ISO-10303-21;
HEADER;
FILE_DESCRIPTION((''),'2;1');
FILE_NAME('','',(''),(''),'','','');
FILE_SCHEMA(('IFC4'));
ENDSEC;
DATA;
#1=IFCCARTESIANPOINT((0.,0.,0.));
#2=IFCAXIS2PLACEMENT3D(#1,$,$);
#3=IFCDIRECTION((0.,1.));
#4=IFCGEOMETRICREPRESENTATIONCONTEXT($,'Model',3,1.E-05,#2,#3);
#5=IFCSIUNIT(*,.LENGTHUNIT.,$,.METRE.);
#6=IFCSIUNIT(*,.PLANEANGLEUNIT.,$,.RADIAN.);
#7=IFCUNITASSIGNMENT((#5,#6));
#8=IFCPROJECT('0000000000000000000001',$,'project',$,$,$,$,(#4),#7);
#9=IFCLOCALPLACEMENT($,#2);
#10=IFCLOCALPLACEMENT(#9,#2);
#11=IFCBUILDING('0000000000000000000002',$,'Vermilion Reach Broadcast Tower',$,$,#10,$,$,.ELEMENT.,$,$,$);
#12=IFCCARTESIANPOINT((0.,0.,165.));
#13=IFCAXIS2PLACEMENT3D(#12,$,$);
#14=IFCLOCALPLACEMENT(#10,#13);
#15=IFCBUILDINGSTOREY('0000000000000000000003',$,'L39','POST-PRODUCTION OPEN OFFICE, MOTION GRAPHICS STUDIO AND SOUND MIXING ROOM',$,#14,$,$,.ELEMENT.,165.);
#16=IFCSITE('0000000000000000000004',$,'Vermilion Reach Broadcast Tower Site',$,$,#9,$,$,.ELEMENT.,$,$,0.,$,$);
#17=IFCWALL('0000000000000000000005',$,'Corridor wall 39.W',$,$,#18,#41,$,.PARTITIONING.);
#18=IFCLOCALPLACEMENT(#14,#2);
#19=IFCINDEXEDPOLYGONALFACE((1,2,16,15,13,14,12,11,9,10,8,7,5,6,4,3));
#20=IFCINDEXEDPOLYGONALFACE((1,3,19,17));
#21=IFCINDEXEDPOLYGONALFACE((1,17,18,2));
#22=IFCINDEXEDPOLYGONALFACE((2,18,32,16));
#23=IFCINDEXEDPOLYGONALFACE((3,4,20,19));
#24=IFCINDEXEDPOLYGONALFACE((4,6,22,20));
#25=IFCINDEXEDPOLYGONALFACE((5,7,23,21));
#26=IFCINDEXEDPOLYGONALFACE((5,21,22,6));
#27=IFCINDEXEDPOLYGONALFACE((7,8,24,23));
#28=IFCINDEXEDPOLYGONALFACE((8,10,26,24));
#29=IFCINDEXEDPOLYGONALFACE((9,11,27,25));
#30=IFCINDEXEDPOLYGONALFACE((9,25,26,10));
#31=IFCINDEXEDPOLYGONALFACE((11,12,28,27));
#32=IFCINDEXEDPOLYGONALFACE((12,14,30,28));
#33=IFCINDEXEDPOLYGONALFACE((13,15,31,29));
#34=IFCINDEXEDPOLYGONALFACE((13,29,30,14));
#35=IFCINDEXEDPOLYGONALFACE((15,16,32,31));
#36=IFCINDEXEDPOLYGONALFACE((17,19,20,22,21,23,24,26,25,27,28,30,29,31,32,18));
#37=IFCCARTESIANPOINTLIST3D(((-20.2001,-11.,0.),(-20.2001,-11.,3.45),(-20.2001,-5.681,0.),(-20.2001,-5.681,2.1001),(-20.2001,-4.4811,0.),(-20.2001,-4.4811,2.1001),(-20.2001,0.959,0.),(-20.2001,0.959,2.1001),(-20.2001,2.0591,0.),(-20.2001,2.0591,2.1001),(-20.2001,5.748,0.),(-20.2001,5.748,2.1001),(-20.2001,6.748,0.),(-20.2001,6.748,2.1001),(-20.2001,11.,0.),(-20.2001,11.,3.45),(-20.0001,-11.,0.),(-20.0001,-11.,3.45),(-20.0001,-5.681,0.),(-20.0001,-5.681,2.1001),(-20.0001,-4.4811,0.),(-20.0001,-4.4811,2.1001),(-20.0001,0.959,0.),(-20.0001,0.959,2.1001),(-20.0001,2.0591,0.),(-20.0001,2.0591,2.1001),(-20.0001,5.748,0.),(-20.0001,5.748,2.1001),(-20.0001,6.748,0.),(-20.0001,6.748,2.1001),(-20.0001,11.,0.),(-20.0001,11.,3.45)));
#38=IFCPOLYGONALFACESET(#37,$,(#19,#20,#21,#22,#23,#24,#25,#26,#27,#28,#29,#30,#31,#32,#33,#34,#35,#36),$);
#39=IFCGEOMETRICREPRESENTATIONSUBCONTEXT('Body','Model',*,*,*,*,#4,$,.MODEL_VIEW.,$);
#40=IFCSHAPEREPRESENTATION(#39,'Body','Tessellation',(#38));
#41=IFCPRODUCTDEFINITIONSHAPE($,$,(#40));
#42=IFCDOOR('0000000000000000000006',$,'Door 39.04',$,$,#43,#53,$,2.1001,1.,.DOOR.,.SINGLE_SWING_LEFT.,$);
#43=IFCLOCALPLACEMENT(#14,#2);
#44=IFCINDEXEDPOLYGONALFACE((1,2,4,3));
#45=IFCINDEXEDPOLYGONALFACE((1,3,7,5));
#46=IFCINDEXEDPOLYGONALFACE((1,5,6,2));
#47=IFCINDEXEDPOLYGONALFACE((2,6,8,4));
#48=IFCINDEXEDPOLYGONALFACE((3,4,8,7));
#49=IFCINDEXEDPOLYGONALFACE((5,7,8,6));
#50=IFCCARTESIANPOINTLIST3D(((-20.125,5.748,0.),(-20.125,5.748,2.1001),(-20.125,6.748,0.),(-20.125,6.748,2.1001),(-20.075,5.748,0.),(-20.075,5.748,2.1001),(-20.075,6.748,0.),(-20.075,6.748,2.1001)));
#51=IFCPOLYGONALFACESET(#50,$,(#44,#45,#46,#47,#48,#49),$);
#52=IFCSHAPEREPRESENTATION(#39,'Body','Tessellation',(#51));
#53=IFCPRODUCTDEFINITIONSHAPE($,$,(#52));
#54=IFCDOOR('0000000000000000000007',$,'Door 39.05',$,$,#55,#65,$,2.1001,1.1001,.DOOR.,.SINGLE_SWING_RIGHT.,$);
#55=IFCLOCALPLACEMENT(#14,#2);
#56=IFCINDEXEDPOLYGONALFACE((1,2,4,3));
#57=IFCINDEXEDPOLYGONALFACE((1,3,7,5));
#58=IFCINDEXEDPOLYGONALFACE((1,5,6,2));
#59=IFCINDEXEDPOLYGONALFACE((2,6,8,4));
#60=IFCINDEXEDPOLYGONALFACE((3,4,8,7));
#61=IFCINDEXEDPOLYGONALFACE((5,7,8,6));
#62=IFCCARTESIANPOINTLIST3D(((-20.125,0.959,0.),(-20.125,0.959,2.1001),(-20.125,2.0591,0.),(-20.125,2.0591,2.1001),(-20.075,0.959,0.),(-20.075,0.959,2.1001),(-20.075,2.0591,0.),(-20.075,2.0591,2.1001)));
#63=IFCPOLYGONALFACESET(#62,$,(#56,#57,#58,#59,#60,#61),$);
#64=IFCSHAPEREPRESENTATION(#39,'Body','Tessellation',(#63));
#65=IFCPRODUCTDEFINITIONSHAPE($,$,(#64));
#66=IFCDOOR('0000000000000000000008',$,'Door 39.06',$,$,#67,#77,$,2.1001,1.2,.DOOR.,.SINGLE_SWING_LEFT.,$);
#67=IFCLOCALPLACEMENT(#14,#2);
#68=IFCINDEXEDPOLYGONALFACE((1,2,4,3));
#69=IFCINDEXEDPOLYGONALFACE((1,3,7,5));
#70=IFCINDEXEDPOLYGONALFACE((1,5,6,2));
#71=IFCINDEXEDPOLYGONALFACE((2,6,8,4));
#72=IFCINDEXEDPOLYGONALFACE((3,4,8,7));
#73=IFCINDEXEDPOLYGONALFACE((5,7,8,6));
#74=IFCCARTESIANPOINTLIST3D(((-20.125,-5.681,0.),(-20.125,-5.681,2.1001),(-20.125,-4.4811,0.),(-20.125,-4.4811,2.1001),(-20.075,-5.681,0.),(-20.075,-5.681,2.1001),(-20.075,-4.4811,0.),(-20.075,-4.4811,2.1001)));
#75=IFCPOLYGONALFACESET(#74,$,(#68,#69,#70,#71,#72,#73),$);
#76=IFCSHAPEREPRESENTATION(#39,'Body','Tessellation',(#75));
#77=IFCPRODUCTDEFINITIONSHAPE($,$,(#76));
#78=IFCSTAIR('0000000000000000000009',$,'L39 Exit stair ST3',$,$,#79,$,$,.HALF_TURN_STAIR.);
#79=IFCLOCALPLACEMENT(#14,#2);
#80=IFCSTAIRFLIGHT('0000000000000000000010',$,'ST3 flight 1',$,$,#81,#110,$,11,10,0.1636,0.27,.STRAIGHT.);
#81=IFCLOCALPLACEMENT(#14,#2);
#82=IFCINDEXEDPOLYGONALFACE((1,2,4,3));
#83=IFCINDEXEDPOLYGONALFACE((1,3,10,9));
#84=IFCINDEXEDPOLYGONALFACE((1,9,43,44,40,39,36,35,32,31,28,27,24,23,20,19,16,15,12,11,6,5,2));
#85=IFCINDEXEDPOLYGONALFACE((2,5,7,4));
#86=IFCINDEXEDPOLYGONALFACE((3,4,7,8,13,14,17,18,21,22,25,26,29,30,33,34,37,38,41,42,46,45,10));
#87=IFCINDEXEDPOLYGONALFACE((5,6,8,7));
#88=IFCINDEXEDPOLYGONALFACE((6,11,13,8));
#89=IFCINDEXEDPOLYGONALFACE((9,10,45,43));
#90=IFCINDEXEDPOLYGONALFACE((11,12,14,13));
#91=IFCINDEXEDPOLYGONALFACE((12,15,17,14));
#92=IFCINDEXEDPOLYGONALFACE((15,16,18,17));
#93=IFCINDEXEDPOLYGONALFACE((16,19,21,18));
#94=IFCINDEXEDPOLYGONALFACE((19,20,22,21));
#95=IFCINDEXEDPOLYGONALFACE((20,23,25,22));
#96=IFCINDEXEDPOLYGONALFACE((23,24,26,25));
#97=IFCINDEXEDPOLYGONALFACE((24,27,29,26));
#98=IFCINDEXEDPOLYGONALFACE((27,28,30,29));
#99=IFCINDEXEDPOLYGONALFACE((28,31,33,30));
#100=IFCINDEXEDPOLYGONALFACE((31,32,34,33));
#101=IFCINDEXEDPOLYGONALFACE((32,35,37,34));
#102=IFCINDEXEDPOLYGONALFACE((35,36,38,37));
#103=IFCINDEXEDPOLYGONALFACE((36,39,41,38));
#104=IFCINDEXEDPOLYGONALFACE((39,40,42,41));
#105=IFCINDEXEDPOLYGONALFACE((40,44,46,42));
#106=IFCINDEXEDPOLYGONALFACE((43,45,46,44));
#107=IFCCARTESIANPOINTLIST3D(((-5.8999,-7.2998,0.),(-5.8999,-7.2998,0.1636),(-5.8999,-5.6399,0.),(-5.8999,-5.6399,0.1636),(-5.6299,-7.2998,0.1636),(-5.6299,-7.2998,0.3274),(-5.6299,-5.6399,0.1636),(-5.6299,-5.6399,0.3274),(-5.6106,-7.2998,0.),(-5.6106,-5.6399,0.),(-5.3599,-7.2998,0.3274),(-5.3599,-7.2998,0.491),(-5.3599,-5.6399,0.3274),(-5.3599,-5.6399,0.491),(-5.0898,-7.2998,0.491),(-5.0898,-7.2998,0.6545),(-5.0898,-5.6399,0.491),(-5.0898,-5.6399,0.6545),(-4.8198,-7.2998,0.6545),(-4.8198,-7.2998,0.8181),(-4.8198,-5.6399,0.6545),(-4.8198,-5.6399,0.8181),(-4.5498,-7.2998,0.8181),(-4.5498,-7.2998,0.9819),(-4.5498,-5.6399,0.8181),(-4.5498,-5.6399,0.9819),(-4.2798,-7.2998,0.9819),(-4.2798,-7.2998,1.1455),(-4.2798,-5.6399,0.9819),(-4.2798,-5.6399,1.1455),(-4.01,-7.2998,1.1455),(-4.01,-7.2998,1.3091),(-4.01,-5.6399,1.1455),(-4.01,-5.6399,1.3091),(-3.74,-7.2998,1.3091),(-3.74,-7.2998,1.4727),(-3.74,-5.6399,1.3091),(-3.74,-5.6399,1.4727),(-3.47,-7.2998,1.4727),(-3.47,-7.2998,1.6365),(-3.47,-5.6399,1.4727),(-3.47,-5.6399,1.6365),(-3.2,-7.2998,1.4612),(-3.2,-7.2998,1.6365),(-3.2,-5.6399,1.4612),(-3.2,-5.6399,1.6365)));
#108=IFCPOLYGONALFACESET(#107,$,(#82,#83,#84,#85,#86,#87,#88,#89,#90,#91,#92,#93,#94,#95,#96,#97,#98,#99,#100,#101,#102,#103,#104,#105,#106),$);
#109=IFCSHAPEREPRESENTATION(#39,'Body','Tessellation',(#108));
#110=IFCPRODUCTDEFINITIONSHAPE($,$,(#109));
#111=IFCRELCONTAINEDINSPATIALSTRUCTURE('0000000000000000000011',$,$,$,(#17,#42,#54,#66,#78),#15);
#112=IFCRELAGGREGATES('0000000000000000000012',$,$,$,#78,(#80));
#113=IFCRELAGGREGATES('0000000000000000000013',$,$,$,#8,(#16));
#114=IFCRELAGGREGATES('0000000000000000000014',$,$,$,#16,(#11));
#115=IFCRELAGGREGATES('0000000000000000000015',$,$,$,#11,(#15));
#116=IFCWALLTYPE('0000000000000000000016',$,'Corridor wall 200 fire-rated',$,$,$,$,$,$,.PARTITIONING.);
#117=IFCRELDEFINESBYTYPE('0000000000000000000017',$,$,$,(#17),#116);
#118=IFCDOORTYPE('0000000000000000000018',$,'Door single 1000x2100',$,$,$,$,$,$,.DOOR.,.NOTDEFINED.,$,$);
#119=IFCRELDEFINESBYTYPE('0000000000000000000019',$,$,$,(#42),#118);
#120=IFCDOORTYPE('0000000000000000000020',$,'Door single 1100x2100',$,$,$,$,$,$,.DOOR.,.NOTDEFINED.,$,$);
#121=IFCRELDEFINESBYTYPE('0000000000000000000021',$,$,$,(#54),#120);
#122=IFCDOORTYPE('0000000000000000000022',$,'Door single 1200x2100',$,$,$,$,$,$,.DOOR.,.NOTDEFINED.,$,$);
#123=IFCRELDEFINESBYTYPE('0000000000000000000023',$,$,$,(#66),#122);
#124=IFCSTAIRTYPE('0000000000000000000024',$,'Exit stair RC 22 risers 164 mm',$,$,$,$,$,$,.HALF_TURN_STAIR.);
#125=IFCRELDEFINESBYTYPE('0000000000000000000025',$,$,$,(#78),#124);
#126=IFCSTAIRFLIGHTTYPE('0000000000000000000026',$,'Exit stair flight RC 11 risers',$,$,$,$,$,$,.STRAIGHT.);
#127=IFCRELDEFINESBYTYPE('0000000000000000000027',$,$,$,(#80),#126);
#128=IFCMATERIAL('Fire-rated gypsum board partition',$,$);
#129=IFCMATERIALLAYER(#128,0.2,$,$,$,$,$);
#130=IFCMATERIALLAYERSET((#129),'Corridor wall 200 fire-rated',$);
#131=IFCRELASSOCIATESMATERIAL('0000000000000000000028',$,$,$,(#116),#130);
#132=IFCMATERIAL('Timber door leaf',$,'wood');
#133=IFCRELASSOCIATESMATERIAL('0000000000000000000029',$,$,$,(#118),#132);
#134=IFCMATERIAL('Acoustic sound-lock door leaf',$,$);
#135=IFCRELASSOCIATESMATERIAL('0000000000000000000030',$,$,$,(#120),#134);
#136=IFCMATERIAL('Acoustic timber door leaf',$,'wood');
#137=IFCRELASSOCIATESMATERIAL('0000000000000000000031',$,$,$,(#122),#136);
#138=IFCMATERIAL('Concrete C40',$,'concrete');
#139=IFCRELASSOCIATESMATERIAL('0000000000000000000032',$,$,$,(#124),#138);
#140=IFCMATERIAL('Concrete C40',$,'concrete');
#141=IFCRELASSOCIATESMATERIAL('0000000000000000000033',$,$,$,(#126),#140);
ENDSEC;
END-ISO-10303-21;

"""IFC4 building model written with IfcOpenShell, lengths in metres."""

from ifc_helpers import new_model, si_unit, direction, frame, frame_2d, origin, place, context, subcontext, project, spatial, polyline, rectangle, outline, extrude, material, layer, layer_set, type_object, element, fill, aggregate, save


model = new_model("IFC4")

# Units and contexts
model_context = context("Model", 3, precision=1e-05, world=origin(), true_north=direction((0.0, 1.0)))
body_context = subcontext(model_context, "Body", "Model", "MODEL_VIEW")
ifc_project = project(units=[si_unit("LENGTHUNIT", "METRE"), si_unit("PLANEANGLEUNIT", "RADIAN")], contexts=[model_context])

# Site, building, storey
site_placement = place(None, origin())
site = spatial("IfcSite", under=ifc_project, at=site_placement, Name="Vermilion Reach Broadcast Tower Site", CompositionType="ELEMENT", RefElevation=0.0)
building_placement = place(site_placement, origin())
building = spatial("IfcBuilding", under=site, at=building_placement, Name="Vermilion Reach Broadcast Tower", CompositionType="ELEMENT")
storey_placement = place(building_placement, frame((0.0, 0.0, 165.0)))
storey = spatial("IfcBuildingStorey", under=building, at=storey_placement, Name="L39", Description="POST-PRODUCTION OPEN OFFICE, MOTION GRAPHICS STUDIO AND SOUND MIXING ROOM", CompositionType="ELEMENT", Elevation=165.0)

# Wall, openings, doors
ifc_material_1 = material(Name="Fire-rated gypsum board partition")
ifc_layer_1 = layer(ifc_material_1, 0.2)
ifc_layer_set_1 = layer_set([ifc_layer_1], Name="Corridor wall 200 fire-rated")
wall_type_1 = type_object("IfcWallType", Name="Corridor wall 200 fire-rated", PredefinedType="PARTITIONING", material=ifc_layer_set_1)
wall_1_placement = place(storey_placement, frame((-20.1001, -11.0, 0.0), z_axis=(0.0, 0.0, 1.0), x_axis=(0.0, 1.0, 0.0)))
wall_1 = element("IfcWall", 1, at=wall_1_placement, inside=storey, type_object=wall_type_1, Name="Corridor wall 39.W", PredefinedType="PARTITIONING", context=body_context, shape_type="SweptSolid", body=[
    extrude(rectangle(XDim=22.0, YDim=0.2, at=frame_2d((11.0, 0.0))), origin(), (0.0, 0.0, 1.0), 3.45),
])
opening_1_placement = place(wall_1_placement, frame((16.748, 0.0, 0.0)))
opening_1 = element("IfcOpeningElement", 2, at=opening_1_placement, cuts=wall_1, PredefinedType="OPENING", context=body_context, shape_type="SweptSolid", body=[
    extrude(rectangle(XDim=1.0, YDim=2.1001, at=frame_2d((0.5, 1.05))), frame((0.0, 0.1099, 0.0), z_axis=(0.0, -1.0, 0.0), x_axis=(1.0, 0.0, 0.0)), (0.0, 0.0, 1.0), 0.22),
])
opening_2_placement = place(wall_1_placement, frame((11.959, 0.0, 0.0)))
opening_2 = element("IfcOpeningElement", 3, at=opening_2_placement, cuts=wall_1, PredefinedType="OPENING", context=body_context, shape_type="SweptSolid", body=[
    extrude(rectangle(XDim=1.1001, YDim=2.1001, at=frame_2d((0.55, 1.05))), frame((0.0, 0.1099, 0.0), z_axis=(0.0, -1.0, 0.0), x_axis=(1.0, 0.0, 0.0)), (0.0, 0.0, 1.0), 0.22),
])
opening_3_placement = place(wall_1_placement, frame((5.3188, 0.0, 0.0)))
opening_3 = element("IfcOpeningElement", 4, at=opening_3_placement, cuts=wall_1, PredefinedType="OPENING", context=body_context, shape_type="SweptSolid", body=[
    extrude(rectangle(XDim=1.2, YDim=2.1001, at=frame_2d((0.6001, 1.05))), frame((0.0, 0.1099, 0.0), z_axis=(0.0, -1.0, 0.0), x_axis=(1.0, 0.0, 0.0)), (0.0, 0.0, 1.0), 0.22),
])
ifc_material_2 = material(Name="Timber door leaf", Category="wood")
door_type_1 = type_object("IfcDoorType", Name="Door single 1000x2100", OperationType="NOTDEFINED", PredefinedType="DOOR", material=ifc_material_2)
door_1_placement = place(opening_1_placement, origin())
door_1 = element("IfcDoor", 5, at=door_1_placement, inside=storey, type_object=door_type_1, Name="Door 39.04", OperationType="SINGLE_SWING_LEFT", OverallHeight=2.1001, OverallWidth=1.0, PredefinedType="DOOR", context=body_context, shape_type="SweptSolid", body=[
    extrude(rectangle(XDim=1.0, YDim=2.1001, at=frame_2d((0.5, 1.05))), frame((0.0, 0.0249, 0.0), z_axis=(0.0, -1.0, 0.0), x_axis=(1.0, 0.0, 0.0)), (0.0, 0.0, 1.0), 0.05),
])
fill(opening_1, door_1)
ifc_material_3 = material(Name="Acoustic sound-lock door leaf")
door_type_2 = type_object("IfcDoorType", Name="Door single 1100x2100", OperationType="NOTDEFINED", PredefinedType="DOOR", material=ifc_material_3)
door_2_placement = place(opening_2_placement, origin())
door_2 = element("IfcDoor", 6, at=door_2_placement, inside=storey, type_object=door_type_2, Name="Door 39.05", OperationType="SINGLE_SWING_RIGHT", OverallHeight=2.1001, OverallWidth=1.1001, PredefinedType="DOOR", context=body_context, shape_type="SweptSolid", body=[
    extrude(rectangle(XDim=1.1001, YDim=2.1001, at=frame_2d((0.55, 1.05))), frame((0.0, 0.0249, 0.0), z_axis=(0.0, -1.0, 0.0), x_axis=(1.0, 0.0, 0.0)), (0.0, 0.0, 1.0), 0.05),
])
fill(opening_2, door_2)
ifc_material_4 = material(Name="Acoustic timber door leaf", Category="wood")
door_type_3 = type_object("IfcDoorType", Name="Door single 1200x2100", OperationType="NOTDEFINED", PredefinedType="DOOR", material=ifc_material_4)
door_3_placement = place(opening_3_placement, origin())
door_3 = element("IfcDoor", 7, at=door_3_placement, inside=storey, type_object=door_type_3, Name="Door 39.06", OperationType="SINGLE_SWING_LEFT", OverallHeight=2.1001, OverallWidth=1.2, PredefinedType="DOOR", context=body_context, shape_type="SweptSolid", body=[
    extrude(rectangle(XDim=1.2, YDim=2.1001, at=frame_2d((0.6001, 1.05))), frame((0.0, 0.0249, 0.0), z_axis=(0.0, -1.0, 0.0), x_axis=(1.0, 0.0, 0.0)), (0.0, 0.0, 1.0), 0.05),
])
fill(opening_3, door_3)

# Stair, stair flight
ifc_material_5 = material(Name="Concrete C40", Category="concrete")
stair_type = type_object("IfcStairType", Name="Exit stair RC 22 risers 164 mm", PredefinedType="HALF_TURN_STAIR", material=ifc_material_5)
stair_placement = place(storey_placement, origin())
stair = element("IfcStair", 8, at=stair_placement, inside=storey, type_object=stair_type, Name="L39 Exit stair ST3", PredefinedType="HALF_TURN_STAIR")
ifc_material_6 = material(Name="Concrete C40", Category="concrete")
stair_flight_type = type_object("IfcStairFlightType", Name="Exit stair flight RC 11 risers", PredefinedType="STRAIGHT", material=ifc_material_6)
stair_flight_placement = place(storey_placement, frame((-5.8999, -6.47, 0.0), z_axis=(0.0, 0.0, 1.0), x_axis=(1.0, 0.0, 0.0)))
stair_flight = element("IfcStairFlight", 9, at=stair_flight_placement, type_object=stair_flight_type, Name="ST3 flight 1", NumberOfRisers=11, NumberOfTreads=10, PredefinedType="STRAIGHT", RiserHeight=0.1636, TreadLength=0.27, context=body_context, shape_type="SweptSolid", body=[
    extrude(outline(polyline([(0.0, 0.0), (0.0, 0.1636), (0.27, 0.1636), (0.27, 0.3274), (0.54, 0.3274), (0.54, 0.491), (0.8101, 0.491), (0.8101, 0.6545), (1.0801, 0.6545), (1.0801, 0.8181), (1.3501, 0.8181), (1.3501, 0.9819), (1.6201, 0.9819), (1.6201, 1.1455), (1.8899, 1.1455), (1.8899, 1.3091), (2.1599, 1.3091), (2.1599, 1.4727), (2.4299, 1.4727), (2.4299, 1.6365), (2.7, 1.6365), (2.7, 1.8), (2.7, 1.4612), (0.2893, 0.0), (0.0, 0.0)])), frame((0.0, 0.8301, 0.0), z_axis=(0.0, -1.0, 0.0), x_axis=(1.0, 0.0, 0.0)), (0.0, 0.0, 1.0), 1.6599),
])
aggregate(stair, [stair_flight])

save(model, "model.ifc")
